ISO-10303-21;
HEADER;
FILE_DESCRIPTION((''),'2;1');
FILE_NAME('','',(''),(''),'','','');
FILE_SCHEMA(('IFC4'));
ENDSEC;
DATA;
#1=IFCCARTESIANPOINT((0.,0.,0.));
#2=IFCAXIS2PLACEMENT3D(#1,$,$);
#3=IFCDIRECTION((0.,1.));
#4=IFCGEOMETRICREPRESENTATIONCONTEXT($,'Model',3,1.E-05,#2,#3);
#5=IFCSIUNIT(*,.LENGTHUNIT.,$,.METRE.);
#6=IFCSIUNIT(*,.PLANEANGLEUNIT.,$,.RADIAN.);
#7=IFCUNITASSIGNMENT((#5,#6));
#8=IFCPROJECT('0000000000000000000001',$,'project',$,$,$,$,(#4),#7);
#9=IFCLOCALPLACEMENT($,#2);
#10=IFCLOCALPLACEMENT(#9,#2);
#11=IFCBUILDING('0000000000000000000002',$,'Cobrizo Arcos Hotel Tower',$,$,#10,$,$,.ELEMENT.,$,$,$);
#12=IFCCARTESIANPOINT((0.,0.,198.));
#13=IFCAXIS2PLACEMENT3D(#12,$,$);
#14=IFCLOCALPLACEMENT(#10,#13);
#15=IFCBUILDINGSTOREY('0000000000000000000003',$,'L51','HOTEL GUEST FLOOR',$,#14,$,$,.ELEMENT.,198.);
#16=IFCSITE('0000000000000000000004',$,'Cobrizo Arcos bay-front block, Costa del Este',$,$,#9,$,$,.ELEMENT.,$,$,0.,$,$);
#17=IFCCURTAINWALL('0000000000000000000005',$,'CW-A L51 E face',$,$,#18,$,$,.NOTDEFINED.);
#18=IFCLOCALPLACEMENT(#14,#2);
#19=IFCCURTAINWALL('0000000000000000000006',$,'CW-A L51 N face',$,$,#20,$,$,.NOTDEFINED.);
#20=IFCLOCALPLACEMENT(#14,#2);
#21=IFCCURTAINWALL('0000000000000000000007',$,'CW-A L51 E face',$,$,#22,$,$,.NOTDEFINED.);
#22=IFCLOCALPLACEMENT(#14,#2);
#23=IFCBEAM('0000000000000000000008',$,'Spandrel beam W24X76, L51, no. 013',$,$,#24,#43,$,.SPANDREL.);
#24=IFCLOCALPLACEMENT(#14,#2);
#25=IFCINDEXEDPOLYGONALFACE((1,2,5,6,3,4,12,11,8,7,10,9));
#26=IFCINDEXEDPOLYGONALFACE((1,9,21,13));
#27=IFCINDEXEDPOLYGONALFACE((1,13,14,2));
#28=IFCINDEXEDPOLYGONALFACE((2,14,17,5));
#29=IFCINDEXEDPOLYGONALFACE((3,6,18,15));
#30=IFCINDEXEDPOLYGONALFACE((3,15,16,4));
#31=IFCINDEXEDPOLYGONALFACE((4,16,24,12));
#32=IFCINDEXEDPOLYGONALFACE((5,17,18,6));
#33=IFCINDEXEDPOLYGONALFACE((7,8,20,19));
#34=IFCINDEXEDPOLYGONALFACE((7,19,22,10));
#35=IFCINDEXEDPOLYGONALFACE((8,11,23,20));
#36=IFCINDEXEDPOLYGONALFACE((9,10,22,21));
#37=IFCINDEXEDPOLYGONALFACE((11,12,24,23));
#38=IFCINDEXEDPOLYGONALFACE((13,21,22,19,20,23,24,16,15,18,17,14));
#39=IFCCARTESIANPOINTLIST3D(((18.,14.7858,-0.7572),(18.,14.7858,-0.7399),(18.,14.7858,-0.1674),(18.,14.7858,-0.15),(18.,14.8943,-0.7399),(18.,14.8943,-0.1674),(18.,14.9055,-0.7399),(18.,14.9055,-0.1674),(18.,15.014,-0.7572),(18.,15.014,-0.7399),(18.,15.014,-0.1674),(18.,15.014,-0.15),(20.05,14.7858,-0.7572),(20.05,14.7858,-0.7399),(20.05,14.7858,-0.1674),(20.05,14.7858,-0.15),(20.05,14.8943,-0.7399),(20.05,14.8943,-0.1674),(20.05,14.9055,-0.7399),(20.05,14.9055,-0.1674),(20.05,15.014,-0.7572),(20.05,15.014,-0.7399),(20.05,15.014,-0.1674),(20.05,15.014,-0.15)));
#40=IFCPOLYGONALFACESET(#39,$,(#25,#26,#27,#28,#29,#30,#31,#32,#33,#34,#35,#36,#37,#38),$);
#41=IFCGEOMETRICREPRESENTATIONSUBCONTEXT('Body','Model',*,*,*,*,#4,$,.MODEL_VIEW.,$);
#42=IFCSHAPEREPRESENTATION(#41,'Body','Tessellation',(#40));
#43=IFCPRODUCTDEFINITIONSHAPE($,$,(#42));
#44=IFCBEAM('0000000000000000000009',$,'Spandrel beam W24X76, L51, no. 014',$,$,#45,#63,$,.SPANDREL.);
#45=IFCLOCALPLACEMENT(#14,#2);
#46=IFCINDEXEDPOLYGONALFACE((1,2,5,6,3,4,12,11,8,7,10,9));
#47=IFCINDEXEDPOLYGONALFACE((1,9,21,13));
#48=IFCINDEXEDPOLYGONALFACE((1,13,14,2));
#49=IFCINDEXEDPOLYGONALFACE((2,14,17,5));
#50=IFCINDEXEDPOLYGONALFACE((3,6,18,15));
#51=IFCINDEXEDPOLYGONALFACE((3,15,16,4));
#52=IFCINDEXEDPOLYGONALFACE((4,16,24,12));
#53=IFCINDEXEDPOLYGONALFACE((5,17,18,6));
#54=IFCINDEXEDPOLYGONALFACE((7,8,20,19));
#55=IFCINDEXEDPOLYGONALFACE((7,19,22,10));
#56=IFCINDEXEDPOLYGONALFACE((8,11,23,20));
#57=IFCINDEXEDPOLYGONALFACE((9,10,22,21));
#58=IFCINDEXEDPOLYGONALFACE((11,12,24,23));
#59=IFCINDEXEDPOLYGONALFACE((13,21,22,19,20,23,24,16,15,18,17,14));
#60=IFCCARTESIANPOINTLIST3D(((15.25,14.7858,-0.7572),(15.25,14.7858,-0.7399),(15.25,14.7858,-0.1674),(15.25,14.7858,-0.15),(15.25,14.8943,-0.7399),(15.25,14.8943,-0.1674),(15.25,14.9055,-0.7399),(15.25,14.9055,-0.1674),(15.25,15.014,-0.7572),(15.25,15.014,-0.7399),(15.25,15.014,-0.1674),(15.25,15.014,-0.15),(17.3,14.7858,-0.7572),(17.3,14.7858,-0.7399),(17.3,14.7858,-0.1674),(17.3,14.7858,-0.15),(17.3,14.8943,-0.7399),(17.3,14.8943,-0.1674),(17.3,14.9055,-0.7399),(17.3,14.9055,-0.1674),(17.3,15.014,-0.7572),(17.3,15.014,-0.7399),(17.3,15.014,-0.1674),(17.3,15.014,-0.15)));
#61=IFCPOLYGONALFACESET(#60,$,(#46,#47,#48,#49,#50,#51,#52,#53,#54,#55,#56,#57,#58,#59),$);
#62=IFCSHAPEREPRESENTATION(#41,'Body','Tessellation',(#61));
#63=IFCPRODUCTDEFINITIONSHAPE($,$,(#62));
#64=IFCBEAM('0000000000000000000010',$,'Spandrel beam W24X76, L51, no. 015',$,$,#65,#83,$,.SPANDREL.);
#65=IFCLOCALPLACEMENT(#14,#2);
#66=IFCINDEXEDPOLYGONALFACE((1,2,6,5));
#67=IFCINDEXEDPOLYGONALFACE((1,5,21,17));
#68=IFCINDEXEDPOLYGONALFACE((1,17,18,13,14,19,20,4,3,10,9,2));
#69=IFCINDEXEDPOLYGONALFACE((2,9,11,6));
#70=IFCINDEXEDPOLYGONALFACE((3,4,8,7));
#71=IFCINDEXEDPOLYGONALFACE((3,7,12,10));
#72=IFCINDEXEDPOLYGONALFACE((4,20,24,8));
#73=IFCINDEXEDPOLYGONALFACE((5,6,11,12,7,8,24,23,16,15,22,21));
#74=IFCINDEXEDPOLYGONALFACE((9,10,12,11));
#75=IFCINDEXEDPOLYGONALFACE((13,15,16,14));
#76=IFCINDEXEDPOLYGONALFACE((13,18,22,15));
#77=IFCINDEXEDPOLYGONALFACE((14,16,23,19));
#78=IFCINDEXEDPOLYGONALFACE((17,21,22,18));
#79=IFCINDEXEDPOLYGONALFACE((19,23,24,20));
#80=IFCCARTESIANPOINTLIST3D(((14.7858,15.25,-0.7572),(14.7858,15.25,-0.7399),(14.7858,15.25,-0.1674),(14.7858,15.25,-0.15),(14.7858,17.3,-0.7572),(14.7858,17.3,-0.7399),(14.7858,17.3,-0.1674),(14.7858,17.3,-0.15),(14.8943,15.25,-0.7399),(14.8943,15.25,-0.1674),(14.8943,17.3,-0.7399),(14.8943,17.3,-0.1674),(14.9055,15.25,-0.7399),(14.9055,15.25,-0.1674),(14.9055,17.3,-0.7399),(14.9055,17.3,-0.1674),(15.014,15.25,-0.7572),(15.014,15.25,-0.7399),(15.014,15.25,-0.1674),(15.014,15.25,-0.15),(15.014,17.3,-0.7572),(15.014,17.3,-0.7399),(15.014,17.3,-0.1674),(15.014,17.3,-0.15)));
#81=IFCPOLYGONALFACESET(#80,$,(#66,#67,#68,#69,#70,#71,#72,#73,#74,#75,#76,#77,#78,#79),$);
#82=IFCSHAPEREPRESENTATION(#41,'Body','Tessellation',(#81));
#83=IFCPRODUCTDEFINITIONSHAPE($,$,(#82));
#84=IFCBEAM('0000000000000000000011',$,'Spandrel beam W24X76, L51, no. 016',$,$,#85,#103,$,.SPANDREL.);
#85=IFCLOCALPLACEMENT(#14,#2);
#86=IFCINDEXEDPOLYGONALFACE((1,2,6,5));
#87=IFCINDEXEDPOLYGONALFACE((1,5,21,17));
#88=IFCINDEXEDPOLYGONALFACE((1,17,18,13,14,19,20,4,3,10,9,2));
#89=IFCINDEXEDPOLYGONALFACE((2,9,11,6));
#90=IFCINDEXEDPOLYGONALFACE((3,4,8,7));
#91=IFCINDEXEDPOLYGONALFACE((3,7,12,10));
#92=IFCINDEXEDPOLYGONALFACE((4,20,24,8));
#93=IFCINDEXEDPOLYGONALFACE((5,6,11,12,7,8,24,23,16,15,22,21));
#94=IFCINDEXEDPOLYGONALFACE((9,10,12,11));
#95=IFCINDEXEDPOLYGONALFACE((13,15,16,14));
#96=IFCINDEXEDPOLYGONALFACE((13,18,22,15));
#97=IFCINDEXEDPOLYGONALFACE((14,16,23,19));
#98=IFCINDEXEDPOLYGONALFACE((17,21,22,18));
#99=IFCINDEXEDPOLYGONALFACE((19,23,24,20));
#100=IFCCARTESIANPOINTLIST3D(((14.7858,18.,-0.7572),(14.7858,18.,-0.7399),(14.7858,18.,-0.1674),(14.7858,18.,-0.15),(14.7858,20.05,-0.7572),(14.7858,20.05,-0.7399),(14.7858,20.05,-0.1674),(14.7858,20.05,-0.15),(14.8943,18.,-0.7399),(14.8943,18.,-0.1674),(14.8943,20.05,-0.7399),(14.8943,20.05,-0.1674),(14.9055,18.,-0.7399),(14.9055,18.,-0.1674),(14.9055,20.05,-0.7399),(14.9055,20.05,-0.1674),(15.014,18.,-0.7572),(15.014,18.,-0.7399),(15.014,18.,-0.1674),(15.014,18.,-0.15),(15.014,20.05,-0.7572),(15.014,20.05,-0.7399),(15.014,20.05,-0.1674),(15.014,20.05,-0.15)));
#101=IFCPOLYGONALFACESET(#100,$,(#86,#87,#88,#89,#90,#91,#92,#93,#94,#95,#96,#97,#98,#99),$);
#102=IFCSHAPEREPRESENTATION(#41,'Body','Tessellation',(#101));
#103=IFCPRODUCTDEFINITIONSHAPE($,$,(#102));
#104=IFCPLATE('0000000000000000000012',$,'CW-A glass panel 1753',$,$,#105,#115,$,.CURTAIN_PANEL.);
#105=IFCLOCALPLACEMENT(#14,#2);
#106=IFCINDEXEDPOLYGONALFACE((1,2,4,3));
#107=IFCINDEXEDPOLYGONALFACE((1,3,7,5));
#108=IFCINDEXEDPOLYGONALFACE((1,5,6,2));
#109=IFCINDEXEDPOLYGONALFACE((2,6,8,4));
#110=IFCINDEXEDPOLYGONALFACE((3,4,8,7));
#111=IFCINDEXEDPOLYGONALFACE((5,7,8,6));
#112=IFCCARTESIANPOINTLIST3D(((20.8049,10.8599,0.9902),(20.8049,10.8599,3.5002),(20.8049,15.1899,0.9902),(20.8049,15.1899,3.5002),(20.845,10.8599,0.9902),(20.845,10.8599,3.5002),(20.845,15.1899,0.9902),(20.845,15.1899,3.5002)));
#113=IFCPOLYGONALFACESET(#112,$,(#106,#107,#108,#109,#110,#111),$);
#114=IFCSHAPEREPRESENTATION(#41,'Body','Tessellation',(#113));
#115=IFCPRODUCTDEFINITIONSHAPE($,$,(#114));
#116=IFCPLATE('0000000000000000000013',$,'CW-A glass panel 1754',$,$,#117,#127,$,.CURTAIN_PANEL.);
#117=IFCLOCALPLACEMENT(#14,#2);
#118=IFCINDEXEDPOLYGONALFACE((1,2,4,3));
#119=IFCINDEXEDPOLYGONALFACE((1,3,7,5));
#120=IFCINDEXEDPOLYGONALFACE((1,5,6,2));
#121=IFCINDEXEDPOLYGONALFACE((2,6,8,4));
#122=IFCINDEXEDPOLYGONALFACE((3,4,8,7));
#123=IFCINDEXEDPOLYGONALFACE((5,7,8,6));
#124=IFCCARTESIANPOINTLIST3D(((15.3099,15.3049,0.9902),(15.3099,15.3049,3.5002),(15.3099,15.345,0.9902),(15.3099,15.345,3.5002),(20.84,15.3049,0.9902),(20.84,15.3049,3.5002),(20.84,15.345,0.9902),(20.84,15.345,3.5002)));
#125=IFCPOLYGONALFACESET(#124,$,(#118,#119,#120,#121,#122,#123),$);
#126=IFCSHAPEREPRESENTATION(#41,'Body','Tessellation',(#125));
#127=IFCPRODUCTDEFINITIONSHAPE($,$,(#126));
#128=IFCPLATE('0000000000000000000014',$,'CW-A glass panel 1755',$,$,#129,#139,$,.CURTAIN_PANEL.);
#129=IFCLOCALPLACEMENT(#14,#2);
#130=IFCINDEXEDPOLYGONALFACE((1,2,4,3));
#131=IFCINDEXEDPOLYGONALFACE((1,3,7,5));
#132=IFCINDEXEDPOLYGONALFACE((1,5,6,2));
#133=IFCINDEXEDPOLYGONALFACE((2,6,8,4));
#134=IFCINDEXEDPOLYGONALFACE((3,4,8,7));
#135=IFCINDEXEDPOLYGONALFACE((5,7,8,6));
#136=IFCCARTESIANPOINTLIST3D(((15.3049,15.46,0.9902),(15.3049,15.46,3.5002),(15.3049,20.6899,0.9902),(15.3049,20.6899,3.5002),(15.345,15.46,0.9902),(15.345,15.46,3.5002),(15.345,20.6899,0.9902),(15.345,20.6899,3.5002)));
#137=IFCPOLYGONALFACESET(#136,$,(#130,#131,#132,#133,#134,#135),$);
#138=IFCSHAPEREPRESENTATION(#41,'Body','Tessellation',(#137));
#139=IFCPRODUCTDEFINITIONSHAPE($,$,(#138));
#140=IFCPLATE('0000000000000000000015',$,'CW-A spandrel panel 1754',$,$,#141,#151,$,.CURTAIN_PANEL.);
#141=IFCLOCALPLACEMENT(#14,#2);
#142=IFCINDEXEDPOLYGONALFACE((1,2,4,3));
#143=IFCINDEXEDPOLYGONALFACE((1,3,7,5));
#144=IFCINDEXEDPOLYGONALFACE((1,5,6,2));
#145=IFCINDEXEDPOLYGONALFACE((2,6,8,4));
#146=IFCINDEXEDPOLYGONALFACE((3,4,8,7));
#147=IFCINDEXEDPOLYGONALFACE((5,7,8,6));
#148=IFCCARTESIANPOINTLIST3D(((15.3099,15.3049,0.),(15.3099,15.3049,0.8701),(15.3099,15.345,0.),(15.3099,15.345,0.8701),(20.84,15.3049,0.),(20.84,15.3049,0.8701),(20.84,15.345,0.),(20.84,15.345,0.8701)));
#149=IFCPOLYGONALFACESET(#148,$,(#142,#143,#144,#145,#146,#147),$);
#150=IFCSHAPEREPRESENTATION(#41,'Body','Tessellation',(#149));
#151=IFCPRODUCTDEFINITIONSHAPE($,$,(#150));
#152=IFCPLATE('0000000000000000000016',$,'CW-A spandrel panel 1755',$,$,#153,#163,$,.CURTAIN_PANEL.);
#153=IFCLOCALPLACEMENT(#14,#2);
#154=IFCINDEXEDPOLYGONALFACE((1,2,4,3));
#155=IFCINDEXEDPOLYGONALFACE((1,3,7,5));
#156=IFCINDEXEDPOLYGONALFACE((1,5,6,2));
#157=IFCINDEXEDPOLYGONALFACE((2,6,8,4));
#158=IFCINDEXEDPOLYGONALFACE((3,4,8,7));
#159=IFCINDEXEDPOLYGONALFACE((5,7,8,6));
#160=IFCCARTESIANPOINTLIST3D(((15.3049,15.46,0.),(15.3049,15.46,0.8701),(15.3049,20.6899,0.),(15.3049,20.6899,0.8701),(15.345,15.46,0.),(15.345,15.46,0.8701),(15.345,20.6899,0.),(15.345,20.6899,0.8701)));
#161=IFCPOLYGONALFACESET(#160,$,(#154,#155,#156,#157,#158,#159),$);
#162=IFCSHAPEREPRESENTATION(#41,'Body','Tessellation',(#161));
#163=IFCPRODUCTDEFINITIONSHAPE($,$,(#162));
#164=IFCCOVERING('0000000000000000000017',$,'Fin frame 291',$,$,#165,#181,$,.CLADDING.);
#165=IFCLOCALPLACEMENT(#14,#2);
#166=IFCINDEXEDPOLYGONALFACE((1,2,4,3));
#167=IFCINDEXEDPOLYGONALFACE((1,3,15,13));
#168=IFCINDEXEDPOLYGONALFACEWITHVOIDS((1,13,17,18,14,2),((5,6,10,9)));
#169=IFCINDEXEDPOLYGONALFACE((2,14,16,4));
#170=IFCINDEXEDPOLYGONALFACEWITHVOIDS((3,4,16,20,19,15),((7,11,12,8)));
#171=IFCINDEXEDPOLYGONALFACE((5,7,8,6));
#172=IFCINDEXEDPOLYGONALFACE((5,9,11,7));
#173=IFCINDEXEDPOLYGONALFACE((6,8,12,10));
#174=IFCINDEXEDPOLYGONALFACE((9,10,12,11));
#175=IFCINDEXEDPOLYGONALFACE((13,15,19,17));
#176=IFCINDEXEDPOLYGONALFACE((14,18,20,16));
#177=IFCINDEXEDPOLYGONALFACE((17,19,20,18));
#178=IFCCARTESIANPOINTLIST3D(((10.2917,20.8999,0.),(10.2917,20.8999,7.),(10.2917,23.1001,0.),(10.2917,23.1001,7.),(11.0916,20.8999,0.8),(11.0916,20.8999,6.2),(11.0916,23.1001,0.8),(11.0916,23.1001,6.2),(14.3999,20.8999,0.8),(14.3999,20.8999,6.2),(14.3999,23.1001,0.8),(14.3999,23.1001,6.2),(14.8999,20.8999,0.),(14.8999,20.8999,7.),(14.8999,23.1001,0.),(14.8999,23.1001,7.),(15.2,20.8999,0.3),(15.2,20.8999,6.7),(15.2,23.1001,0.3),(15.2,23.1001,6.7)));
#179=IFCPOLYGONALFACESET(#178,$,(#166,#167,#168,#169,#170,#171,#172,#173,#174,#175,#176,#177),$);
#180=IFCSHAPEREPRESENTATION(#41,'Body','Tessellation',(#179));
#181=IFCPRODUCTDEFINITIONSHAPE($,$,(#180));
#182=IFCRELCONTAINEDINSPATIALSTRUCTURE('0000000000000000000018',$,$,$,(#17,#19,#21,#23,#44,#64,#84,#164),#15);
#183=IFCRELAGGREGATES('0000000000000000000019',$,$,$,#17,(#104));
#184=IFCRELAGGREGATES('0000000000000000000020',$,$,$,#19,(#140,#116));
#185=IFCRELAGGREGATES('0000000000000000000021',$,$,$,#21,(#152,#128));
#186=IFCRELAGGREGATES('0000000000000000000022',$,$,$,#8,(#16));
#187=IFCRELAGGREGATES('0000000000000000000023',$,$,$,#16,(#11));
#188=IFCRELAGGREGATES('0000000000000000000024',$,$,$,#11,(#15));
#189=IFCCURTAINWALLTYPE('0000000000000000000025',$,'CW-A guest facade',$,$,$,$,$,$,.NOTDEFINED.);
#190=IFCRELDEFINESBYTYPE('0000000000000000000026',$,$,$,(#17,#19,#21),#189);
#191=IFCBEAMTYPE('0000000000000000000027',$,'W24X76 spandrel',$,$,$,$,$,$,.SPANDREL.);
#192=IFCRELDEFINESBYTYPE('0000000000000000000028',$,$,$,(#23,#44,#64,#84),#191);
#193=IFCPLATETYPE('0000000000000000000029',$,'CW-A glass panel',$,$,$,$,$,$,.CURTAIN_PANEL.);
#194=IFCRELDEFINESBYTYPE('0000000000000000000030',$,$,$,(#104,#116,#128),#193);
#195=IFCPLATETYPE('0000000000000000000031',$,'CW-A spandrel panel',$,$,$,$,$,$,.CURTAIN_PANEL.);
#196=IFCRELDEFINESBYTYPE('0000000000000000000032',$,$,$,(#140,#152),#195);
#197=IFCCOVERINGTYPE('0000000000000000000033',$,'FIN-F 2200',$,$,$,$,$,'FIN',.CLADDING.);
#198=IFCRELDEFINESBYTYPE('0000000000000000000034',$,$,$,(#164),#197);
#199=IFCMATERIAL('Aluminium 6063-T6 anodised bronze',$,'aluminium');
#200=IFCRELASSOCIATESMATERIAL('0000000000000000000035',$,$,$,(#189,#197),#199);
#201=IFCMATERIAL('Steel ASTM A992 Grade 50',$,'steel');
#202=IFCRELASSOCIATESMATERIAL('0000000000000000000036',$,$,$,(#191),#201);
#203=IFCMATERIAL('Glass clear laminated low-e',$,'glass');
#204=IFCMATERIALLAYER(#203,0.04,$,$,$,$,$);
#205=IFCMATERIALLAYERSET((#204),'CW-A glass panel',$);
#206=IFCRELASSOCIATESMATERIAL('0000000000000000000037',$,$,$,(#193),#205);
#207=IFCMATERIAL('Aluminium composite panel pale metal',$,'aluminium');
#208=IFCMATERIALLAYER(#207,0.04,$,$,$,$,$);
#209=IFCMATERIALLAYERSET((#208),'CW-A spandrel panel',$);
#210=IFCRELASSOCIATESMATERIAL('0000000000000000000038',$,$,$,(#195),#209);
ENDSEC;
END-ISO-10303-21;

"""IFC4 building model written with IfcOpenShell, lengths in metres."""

from ifc_helpers import new_model, si_unit, direction, frame, origin, origin_2d, place, context, subcontext, project, spatial, polyline, rectangle, i_section, outline, extrude, material, layer, layer_set, material_profile, profile_set, type_object, element, aggregate, save


model = new_model("IFC4")

# Units and contexts
model_context = context("Model", 3, precision=1e-05, world=origin(), true_north=direction((0.0, 1.0)))
body_context = subcontext(model_context, "Body", "Model", "MODEL_VIEW")
ifc_project = project(units=[si_unit("LENGTHUNIT", "METRE"), si_unit("PLANEANGLEUNIT", "RADIAN")], contexts=[model_context])

# Site, building, storey
site_placement = place(None, origin())
site = spatial("IfcSite", under=ifc_project, at=site_placement, Name="Cobrizo Arcos bay-front block, Costa del Este", CompositionType="ELEMENT", RefElevation=0.0)
building_placement = place(site_placement, origin())
building = spatial("IfcBuilding", under=site, at=building_placement, Name="Cobrizo Arcos Hotel Tower", CompositionType="ELEMENT")
storey_placement = place(building_placement, frame((0.0, 0.0, 198.0)))
storey = spatial("IfcBuildingStorey", under=building, at=storey_placement, Name="L51", Description="HOTEL GUEST FLOOR", CompositionType="ELEMENT", Elevation=198.0)

# Curtain wall
ifc_material_1 = material(Name="Aluminium 6063-T6 anodised bronze", Category="aluminium")
curtain_wall_type = type_object("IfcCurtainWallType", Name="CW-A guest facade", PredefinedType="NOTDEFINED", material=ifc_material_1)
curtain_wall_1_placement = place(storey_placement, origin())
curtain_wall_1 = element("IfcCurtainWall", 1, at=curtain_wall_1_placement, inside=storey, type_object=curtain_wall_type, Name="CW-A L51 E face", PredefinedType="NOTDEFINED")

# Curtain walls
curtain_wall_2_placement = place(storey_placement, origin())
curtain_wall_2 = element("IfcCurtainWall", 2, at=curtain_wall_2_placement, inside=storey, type_object=curtain_wall_type, Name="CW-A L51 N face", PredefinedType="NOTDEFINED")
curtain_wall_3_placement = place(storey_placement, origin())
curtain_wall_3 = element("IfcCurtainWall", 3, at=curtain_wall_3_placement, inside=storey, type_object=curtain_wall_type, Name="CW-A L51 E face", PredefinedType="NOTDEFINED")

# Beams
ifc_material_2 = material(Name="Steel ASTM A992 Grade 50", Category="steel")
ifc_material_profile_1 = material_profile(ifc_material_2, i_section(OverallWidth=0.2283, OverallDepth=0.6072, WebThickness=0.0112, FlangeThickness=0.0173, at=origin_2d()), Name="W24X76")
ifc_profile_set_1 = profile_set([ifc_material_profile_1], Name="Steel ASTM A992 Grade 50")
beam_type = type_object("IfcBeamType", Name="W24X76 spandrel", PredefinedType="SPANDREL", material=ifc_profile_set_1)
for number, where, z_axis, x_axis, name in (
    (4, (20.05, 14.8999, -0.4536), (-1.0, 0.0, 0.0), (0.0, -1.0, 0.0), "Spandrel beam W24X76, L51, no. 013"),
    (5, (17.3, 14.8999, -0.4536), (-1.0, 0.0, 0.0), (0.0, -1.0, 0.0), "Spandrel beam W24X76, L51, no. 014"),
    (6, (14.8999, 15.25, -0.4536), (0.0, 1.0, 0.0), (-1.0, 0.0, 0.0), "Spandrel beam W24X76, L51, no. 015"),
    (7, (14.8999, 18.0, -0.4536), (0.0, 1.0, 0.0), (-1.0, 0.0, 0.0), "Spandrel beam W24X76, L51, no. 016"),
):
    element("IfcBeam", number, at=place(storey_placement, frame(where, z_axis=z_axis, x_axis=x_axis)), inside=storey, type_object=beam_type, Name=name, PredefinedType="SPANDREL", context=body_context, shape_type="SweptSolid", body=[
        extrude(i_section(OverallWidth=0.2283, OverallDepth=0.6072, WebThickness=0.0112, FlangeThickness=0.0173, at=origin_2d()), origin(), (0.0, 0.0, 1.0), 2.05),
    ])

# Plates
ifc_material_3 = material(Name="Glass clear laminated low-e", Category="glass")
ifc_layer_1 = layer(ifc_material_3, 0.04)
ifc_layer_set_1 = layer_set([ifc_layer_1], Name="CW-A glass panel")
plate_type_1 = type_object("IfcPlateType", Name="CW-A glass panel", PredefinedType="CURTAIN_PANEL", material=ifc_layer_set_1)
plate_1_placement = place(storey_placement, frame((20.825, 13.0249, 0.9902), z_axis=(0.0, 0.0, 1.0), x_axis=(0.0, 1.0, 0.0)))
plate_1 = element("IfcPlate", 8, at=plate_1_placement, type_object=plate_type_1, Name="CW-A glass panel 1753", PredefinedType="CURTAIN_PANEL", context=body_context, shape_type="SweptSolid", body=[
    extrude(rectangle(XDim=4.3301, YDim=0.04, at=origin_2d()), origin(), (0.0, 0.0, 1.0), 2.51),
])
aggregate(curtain_wall_1, [plate_1])
plate_2_placement = place(storey_placement, frame((18.075, 15.325, 0.9902), z_axis=(0.0, 0.0, 1.0), x_axis=(-1.0, 0.0, 0.0)))
plate_2 = element("IfcPlate", 9, at=plate_2_placement, type_object=plate_type_1, Name="CW-A glass panel 1754", PredefinedType="CURTAIN_PANEL", context=body_context, shape_type="SweptSolid", body=[
    extrude(rectangle(XDim=5.53, YDim=0.04, at=origin_2d()), origin(), (0.0, 0.0, 1.0), 2.51),
])
plate_3_placement = place(storey_placement, frame((15.325, 18.075, 0.9902), z_axis=(0.0, 0.0, 1.0), x_axis=(0.0, 1.0, 0.0)))
plate_3 = element("IfcPlate", 10, at=plate_3_placement, type_object=plate_type_1, Name="CW-A glass panel 1755", PredefinedType="CURTAIN_PANEL", context=body_context, shape_type="SweptSolid", body=[
    extrude(rectangle(XDim=5.23, YDim=0.04, at=origin_2d()), origin(), (0.0, 0.0, 1.0), 2.51),
])
ifc_material_4 = material(Name="Aluminium composite panel pale metal", Category="aluminium")
ifc_layer_2 = layer(ifc_material_4, 0.04)
ifc_layer_set_2 = layer_set([ifc_layer_2], Name="CW-A spandrel panel")
plate_type_2 = type_object("IfcPlateType", Name="CW-A spandrel panel", PredefinedType="CURTAIN_PANEL", material=ifc_layer_set_2)
plate_4_placement = place(storey_placement, frame((18.075, 15.325, 0.0), z_axis=(0.0, 0.0, 1.0), x_axis=(-1.0, 0.0, 0.0)))
plate_4 = element("IfcPlate", 11, at=plate_4_placement, type_object=plate_type_2, Name="CW-A spandrel panel 1754", PredefinedType="CURTAIN_PANEL", context=body_context, shape_type="SweptSolid", body=[
    extrude(rectangle(XDim=5.53, YDim=0.04, at=origin_2d()), origin(), (0.0, 0.0, 1.0), 0.8701),
])
aggregate(curtain_wall_2, [plate_4, plate_2])
plate_5_placement = place(storey_placement, frame((15.325, 18.075, 0.0), z_axis=(0.0, 0.0, 1.0), x_axis=(0.0, 1.0, 0.0)))
plate_5 = element("IfcPlate", 12, at=plate_5_placement, type_object=plate_type_2, Name="CW-A spandrel panel 1755", PredefinedType="CURTAIN_PANEL", context=body_context, shape_type="SweptSolid", body=[
    extrude(rectangle(XDim=5.23, YDim=0.04, at=origin_2d()), origin(), (0.0, 0.0, 1.0), 0.8701),
])
aggregate(curtain_wall_3, [plate_5, plate_3])

# Covering
covering_type = type_object("IfcCoveringType", Name="FIN-F 2200", ElementType="FIN", PredefinedType="CLADDING", material=ifc_material_1)
covering_placement = place(storey_placement, frame((15.2, 20.8999, 0.0), z_axis=(0.0, 1.0, 0.0), x_axis=(-1.0, 0.0, 0.0)))
element("IfcCovering", 13, at=covering_placement, inside=storey, type_object=covering_type, Name="Fin frame 291", PredefinedType="CLADDING", context=body_context, shape_type="SweptSolid", body=[
    extrude(outline(polyline([(0.0, 0.3), (0.3, 0.0), (4.9082, 0.0), (4.9082, 7.0), (0.3, 7.0), (0.0, 6.7), (0.0, 0.3)]), holes=[polyline([(4.1084, 0.8), (0.8, 0.8), (0.8, 6.2), (4.1084, 6.2), (4.1084, 0.8)])]), origin(), (0.0, 0.0, 1.0), 2.2002),
])

save(model, "model.ifc")
